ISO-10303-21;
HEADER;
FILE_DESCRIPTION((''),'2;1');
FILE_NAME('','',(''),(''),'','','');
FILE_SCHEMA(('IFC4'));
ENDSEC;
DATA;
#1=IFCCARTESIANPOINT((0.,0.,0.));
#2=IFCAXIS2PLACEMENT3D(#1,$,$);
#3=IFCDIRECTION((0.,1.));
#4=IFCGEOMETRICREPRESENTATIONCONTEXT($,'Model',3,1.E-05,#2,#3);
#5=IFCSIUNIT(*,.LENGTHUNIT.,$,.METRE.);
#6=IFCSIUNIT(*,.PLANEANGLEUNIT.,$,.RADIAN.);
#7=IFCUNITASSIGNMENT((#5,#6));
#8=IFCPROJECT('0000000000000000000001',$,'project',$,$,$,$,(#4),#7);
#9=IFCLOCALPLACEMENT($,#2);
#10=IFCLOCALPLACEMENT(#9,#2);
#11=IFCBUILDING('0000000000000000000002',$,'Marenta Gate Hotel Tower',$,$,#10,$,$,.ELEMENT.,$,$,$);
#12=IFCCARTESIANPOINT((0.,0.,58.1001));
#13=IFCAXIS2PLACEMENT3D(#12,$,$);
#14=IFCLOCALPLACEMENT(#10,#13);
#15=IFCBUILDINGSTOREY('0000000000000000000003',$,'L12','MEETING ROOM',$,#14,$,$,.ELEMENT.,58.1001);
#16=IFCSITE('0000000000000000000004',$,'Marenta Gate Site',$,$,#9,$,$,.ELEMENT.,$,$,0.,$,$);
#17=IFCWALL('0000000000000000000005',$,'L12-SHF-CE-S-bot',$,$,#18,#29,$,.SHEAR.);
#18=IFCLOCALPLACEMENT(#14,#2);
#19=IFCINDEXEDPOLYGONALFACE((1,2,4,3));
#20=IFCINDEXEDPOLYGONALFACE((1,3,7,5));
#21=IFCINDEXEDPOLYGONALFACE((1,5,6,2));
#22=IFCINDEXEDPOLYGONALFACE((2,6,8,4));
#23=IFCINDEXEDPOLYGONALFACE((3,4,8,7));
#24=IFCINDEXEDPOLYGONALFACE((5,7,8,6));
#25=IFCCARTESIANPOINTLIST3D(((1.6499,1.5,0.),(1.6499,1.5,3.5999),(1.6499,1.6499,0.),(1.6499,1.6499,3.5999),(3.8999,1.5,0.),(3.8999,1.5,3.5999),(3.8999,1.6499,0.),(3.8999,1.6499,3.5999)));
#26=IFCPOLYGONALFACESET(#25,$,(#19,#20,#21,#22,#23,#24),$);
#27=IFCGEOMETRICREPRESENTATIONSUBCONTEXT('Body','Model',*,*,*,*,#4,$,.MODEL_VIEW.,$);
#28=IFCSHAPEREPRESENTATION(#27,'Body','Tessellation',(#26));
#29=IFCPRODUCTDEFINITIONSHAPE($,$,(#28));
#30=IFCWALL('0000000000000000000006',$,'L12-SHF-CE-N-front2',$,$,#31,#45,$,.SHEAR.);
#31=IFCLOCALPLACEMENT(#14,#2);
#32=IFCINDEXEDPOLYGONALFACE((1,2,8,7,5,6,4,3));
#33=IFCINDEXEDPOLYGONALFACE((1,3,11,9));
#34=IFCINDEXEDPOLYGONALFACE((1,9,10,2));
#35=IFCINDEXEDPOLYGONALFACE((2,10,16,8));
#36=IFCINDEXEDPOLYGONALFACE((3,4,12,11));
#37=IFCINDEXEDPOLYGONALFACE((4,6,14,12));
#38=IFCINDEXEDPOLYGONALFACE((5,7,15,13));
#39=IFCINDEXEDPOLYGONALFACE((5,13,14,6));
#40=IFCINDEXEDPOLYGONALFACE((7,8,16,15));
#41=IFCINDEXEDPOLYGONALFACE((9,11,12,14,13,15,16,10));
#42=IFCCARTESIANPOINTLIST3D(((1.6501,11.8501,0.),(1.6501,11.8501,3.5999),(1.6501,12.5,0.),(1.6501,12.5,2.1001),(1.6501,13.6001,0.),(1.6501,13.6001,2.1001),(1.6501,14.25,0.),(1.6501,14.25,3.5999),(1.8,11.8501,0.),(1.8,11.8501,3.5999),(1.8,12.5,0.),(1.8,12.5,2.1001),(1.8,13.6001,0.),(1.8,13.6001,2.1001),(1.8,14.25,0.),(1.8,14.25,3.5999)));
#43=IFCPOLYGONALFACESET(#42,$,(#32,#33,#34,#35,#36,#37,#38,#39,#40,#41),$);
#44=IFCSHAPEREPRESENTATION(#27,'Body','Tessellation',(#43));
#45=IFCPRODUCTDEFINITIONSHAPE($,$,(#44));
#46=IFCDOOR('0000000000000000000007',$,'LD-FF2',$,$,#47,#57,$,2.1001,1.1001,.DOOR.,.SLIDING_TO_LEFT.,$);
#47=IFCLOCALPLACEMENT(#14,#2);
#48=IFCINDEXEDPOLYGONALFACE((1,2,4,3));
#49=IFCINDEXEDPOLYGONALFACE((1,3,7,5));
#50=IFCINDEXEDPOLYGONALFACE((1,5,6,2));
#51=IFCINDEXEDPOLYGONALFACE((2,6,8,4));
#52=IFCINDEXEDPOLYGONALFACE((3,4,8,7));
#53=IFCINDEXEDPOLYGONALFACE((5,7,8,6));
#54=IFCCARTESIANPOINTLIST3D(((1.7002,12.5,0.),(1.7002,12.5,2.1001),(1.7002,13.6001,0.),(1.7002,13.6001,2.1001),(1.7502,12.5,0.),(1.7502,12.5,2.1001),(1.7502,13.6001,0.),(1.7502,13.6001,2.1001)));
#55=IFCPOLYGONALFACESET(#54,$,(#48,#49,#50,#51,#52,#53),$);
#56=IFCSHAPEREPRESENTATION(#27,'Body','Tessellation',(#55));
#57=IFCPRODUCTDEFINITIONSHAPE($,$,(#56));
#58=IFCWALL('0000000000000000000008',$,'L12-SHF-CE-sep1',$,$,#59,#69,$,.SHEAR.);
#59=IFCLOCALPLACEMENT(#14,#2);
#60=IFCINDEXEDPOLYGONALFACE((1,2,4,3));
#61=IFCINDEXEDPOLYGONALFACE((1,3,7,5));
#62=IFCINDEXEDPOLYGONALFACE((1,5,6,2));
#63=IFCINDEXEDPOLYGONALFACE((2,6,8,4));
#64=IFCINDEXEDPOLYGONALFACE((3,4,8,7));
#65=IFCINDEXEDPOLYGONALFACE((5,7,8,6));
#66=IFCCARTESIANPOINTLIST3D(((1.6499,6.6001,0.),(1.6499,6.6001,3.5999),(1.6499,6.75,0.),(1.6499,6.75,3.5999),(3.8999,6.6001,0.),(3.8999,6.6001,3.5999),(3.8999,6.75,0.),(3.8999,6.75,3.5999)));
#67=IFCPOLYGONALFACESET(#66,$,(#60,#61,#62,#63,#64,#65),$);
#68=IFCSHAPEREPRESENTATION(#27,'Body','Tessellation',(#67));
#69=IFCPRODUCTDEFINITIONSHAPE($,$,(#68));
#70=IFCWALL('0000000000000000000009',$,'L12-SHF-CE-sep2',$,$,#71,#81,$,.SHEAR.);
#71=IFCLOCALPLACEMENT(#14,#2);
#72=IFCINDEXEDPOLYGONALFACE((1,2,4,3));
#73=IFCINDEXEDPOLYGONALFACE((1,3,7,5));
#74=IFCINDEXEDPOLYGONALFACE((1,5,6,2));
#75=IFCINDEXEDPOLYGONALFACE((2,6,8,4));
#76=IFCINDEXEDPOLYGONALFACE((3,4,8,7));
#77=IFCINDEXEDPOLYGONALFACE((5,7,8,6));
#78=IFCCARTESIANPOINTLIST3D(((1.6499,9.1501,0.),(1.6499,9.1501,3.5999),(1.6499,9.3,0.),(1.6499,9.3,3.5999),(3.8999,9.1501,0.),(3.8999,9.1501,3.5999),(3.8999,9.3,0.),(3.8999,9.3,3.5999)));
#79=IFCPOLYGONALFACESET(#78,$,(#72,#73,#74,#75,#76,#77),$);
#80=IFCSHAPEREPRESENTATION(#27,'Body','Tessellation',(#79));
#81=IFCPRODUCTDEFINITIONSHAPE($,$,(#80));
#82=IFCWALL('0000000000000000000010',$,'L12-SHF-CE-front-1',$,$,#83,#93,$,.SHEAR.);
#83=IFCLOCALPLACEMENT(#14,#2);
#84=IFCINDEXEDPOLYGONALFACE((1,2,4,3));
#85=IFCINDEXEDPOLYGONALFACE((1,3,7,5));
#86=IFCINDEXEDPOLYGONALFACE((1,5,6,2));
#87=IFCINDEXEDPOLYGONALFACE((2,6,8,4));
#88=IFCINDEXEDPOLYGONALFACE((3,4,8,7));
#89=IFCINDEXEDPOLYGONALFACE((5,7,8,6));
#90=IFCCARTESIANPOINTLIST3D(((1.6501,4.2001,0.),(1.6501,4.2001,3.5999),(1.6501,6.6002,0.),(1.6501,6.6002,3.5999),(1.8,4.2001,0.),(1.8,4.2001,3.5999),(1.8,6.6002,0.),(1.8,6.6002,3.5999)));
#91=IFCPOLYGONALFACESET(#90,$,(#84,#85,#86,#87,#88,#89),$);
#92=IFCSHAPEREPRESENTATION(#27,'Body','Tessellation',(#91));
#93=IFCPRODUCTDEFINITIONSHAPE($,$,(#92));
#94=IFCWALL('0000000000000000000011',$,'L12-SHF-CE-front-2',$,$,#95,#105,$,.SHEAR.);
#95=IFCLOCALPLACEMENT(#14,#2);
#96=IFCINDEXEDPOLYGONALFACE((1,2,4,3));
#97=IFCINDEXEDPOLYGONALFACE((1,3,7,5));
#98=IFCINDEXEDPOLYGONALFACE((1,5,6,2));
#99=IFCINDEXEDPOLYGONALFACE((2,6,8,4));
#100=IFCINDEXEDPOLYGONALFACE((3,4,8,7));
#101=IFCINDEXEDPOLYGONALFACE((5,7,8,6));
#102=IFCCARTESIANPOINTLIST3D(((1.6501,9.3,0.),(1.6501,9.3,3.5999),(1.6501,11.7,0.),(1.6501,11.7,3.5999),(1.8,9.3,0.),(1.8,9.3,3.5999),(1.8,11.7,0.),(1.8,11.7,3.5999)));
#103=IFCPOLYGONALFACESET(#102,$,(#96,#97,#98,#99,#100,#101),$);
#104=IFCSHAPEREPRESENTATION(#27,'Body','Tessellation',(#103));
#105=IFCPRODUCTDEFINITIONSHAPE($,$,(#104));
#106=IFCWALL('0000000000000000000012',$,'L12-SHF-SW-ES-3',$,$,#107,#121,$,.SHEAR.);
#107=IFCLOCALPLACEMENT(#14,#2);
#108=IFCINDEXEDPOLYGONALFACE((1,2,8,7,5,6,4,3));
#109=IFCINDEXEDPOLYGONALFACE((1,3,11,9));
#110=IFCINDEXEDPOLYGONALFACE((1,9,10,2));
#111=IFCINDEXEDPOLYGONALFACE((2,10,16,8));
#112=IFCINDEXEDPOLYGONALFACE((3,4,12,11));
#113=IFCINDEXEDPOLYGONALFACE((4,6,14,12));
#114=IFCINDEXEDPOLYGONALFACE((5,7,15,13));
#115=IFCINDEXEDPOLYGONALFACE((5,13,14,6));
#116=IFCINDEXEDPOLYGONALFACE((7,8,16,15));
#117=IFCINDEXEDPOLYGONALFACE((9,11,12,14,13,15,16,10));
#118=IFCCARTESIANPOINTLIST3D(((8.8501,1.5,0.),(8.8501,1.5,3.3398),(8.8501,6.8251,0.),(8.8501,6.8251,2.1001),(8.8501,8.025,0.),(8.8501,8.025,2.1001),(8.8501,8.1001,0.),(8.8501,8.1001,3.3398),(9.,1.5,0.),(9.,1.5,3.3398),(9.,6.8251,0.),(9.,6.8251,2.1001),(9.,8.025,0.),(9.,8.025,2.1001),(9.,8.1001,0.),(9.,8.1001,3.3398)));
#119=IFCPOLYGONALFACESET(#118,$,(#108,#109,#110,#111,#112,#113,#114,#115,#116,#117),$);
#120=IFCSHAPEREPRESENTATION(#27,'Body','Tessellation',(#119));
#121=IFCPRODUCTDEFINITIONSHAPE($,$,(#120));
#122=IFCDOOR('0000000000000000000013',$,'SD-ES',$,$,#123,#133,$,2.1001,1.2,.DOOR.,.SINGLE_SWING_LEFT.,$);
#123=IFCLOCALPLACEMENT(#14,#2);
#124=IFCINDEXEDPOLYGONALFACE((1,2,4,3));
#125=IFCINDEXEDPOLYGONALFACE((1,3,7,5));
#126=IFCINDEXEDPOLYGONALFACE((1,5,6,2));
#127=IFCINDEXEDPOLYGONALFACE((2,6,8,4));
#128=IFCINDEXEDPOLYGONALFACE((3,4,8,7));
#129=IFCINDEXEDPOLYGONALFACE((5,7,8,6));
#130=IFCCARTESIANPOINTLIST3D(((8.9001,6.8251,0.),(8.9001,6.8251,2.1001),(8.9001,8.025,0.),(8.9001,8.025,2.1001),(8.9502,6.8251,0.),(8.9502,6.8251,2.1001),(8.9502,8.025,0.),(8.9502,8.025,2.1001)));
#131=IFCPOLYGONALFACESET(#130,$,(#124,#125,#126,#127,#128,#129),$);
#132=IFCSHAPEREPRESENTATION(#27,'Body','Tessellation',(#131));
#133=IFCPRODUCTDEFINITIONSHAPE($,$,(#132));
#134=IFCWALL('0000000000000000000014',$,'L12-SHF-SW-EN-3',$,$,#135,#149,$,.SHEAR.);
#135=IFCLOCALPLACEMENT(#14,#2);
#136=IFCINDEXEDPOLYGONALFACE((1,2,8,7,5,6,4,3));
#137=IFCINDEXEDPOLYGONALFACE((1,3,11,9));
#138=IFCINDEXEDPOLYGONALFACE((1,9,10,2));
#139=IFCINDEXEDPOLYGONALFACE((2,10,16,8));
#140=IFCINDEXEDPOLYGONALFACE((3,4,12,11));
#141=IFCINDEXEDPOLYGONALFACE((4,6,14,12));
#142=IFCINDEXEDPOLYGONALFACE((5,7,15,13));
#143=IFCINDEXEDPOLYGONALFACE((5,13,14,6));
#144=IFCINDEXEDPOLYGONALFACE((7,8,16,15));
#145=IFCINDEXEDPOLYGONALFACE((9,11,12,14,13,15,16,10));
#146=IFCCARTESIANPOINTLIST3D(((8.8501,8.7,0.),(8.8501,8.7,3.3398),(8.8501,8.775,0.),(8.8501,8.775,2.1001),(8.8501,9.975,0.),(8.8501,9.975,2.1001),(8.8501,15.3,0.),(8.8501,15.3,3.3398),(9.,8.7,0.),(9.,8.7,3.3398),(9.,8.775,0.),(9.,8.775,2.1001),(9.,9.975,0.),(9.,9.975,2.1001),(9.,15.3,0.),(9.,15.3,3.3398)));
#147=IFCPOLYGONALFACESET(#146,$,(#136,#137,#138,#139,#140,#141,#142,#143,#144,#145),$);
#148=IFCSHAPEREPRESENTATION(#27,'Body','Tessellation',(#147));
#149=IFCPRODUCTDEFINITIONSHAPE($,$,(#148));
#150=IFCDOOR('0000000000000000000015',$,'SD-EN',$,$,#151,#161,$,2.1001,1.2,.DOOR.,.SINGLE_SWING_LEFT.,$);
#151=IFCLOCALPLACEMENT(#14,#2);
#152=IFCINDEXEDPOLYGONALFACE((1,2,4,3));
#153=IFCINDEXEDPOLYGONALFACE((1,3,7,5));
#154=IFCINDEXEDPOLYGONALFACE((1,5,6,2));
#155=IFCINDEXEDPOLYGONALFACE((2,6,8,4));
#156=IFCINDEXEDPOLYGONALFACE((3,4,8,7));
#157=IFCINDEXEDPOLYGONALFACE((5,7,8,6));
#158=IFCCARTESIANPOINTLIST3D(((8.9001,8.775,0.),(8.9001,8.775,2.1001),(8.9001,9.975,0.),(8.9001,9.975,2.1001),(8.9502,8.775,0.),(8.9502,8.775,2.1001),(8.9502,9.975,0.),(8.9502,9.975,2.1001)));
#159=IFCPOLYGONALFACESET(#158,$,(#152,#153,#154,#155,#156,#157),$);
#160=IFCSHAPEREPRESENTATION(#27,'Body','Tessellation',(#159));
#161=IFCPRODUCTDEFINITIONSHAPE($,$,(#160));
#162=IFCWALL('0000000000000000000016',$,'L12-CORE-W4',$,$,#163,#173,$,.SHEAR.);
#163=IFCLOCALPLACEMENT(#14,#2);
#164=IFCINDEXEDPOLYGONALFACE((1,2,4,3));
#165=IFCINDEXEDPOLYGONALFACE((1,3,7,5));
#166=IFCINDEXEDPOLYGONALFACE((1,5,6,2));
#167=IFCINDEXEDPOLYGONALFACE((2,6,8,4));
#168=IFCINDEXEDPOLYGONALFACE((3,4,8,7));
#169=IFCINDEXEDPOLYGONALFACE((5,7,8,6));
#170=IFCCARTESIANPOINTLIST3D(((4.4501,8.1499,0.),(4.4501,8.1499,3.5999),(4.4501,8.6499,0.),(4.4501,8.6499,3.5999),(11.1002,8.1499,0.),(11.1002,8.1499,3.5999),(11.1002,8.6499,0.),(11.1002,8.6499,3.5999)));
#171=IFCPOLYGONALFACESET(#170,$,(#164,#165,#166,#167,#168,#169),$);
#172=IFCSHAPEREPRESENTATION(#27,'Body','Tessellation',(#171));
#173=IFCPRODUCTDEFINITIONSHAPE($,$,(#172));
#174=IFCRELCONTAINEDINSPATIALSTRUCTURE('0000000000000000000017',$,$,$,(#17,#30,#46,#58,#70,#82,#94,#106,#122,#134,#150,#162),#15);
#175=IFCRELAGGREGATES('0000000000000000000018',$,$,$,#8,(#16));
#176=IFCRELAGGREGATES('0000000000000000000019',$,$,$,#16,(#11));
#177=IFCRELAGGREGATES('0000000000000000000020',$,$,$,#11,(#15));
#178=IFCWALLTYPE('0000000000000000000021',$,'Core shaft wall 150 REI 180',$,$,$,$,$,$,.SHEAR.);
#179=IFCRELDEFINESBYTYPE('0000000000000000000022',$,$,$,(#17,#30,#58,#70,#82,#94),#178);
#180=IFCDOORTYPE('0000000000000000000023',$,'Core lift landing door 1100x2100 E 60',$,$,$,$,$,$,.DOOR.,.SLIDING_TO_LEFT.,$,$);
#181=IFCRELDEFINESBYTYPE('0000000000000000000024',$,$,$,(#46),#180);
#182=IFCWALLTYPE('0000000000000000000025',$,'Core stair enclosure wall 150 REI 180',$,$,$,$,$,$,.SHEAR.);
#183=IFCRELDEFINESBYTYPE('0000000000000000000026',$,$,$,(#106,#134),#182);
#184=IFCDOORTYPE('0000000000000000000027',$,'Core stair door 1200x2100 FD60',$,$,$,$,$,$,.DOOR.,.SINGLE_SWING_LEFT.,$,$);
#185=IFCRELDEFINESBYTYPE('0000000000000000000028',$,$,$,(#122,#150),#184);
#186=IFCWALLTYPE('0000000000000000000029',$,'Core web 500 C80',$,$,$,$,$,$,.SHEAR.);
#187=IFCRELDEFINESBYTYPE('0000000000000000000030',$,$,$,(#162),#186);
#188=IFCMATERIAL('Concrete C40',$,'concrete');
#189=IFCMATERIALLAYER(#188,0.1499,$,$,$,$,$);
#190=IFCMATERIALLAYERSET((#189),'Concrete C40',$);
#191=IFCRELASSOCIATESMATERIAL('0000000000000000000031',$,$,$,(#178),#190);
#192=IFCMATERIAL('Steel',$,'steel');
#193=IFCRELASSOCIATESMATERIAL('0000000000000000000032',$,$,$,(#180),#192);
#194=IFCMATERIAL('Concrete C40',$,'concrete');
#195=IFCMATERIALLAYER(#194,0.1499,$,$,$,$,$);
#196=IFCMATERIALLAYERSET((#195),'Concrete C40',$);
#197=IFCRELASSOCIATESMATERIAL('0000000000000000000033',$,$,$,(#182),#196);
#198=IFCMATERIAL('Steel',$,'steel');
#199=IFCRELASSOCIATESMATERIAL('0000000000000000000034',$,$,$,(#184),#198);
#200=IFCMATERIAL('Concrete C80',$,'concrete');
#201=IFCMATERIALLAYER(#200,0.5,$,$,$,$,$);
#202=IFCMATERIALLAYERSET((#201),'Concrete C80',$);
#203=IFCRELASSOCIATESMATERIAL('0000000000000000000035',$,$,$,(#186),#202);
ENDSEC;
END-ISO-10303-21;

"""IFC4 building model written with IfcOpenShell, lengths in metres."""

from ifc_helpers import new_model, si_unit, direction, frame, frame_2d, origin, place, context, subcontext, project, spatial, rectangle, extrude, material, layer, layer_set, type_object, element, fill, save


model = new_model("IFC4")

# Units and contexts
model_context = context("Model", 3, precision=1e-05, world=origin(), true_north=direction((0.0, 1.0)))
body_context = subcontext(model_context, "Body", "Model", "MODEL_VIEW")
ifc_project = project(units=[si_unit("LENGTHUNIT", "METRE"), si_unit("PLANEANGLEUNIT", "RADIAN")], contexts=[model_context])

# Site, building, storey
site_placement = place(None, origin())
site = spatial("IfcSite", under=ifc_project, at=site_placement, Name="Marenta Gate Site", CompositionType="ELEMENT", RefElevation=0.0)
building_placement = place(site_placement, origin())
building = spatial("IfcBuilding", under=site, at=building_placement, Name="Marenta Gate Hotel Tower", CompositionType="ELEMENT")
storey_placement = place(building_placement, frame((0.0, 0.0, 58.1001)))
storey = spatial("IfcBuildingStorey", under=building, at=storey_placement, Name="L12", Description="MEETING ROOM", CompositionType="ELEMENT", Elevation=58.1001)

# Shared definitions
ifc_material_1 = material(Name="Concrete C40", Category="concrete")
ifc_layer_1 = layer(ifc_material_1, 0.1499)
ifc_layer_set_1 = layer_set([ifc_layer_1], Name="Concrete C40")
wall_type_1 = type_object("IfcWallType", Name="Core shaft wall 150 REI 180", PredefinedType="SHEAR", material=ifc_layer_set_1)
ifc_material_2 = material(Name="Steel", Category="steel")
door_type_1 = type_object("IfcDoorType", Name="Core lift landing door 1100x2100 E 60", OperationType="SLIDING_TO_LEFT", PredefinedType="DOOR", material=ifc_material_2)

# Wall
wall_1_placement = place(storey_placement, frame((1.6499, 1.575, 0.0), z_axis=(0.0, 0.0, 1.0), x_axis=(1.0, 0.0, 0.0)))
element("IfcWall", 1, at=wall_1_placement, inside=storey, type_object=wall_type_1, Name="L12-SHF-CE-S-bot", PredefinedType="SHEAR", context=body_context, shape_type="SweptSolid", body=[
    extrude(rectangle(XDim=2.25, YDim=0.1499, at=frame_2d((1.125, 0.0))), origin(), (0.0, 0.0, 1.0), 3.5999),
])

# Wall, opening, door
wall_2_placement = place(storey_placement, frame((1.7251, 11.8501, 0.0), z_axis=(0.0, 0.0, 1.0), x_axis=(0.0, 1.0, 0.0)))
wall_2 = element("IfcWall", 2, at=wall_2_placement, inside=storey, type_object=wall_type_1, Name="L12-SHF-CE-N-front2", PredefinedType="SHEAR", context=body_context, shape_type="SweptSolid", body=[
    extrude(rectangle(XDim=2.3999, YDim=0.1499, at=frame_2d((1.2, 0.0))), origin(), (0.0, 0.0, 1.0), 3.5999),
])
opening_1_placement = place(wall_2_placement, frame((0.6499, 0.0, 0.0)))
opening_1 = element("IfcOpeningElement", 3, at=opening_1_placement, cuts=wall_2, PredefinedType="OPENING", context=body_context, shape_type="SweptSolid", body=[
    extrude(rectangle(XDim=1.1001, YDim=2.1001, at=frame_2d((0.55, 1.05))), frame((0.0, 0.075, 0.0), z_axis=(0.0, -1.0, 0.0), x_axis=(1.0, 0.0, 0.0)), (0.0, 0.0, 1.0), 0.1499),
])
door_1_placement = place(opening_1_placement, origin())
door_1 = element("IfcDoor", 4, at=door_1_placement, inside=storey, type_object=door_type_1, Name="LD-FF2", OperationType="SLIDING_TO_LEFT", OverallHeight=2.1001, OverallWidth=1.1001, PredefinedType="DOOR", context=body_context, shape_type="SweptSolid", body=[
    extrude(rectangle(XDim=1.1001, YDim=2.1001, at=frame_2d((0.55, 1.05))), frame((0.0, 0.0249, 0.0), z_axis=(0.0, -1.0, 0.0), x_axis=(1.0, 0.0, 0.0)), (0.0, 0.0, 1.0), 0.05),
])
fill(opening_1, door_1)

# Walls
for number, where, z_axis, x_axis, name in (
    (5, (1.6499, 6.675, 0.0), (0.0, 0.0, 1.0), (1.0, 0.0, 0.0), "L12-SHF-CE-sep1"),
    (6, (1.6499, 9.2251, 0.0), (0.0, 0.0, 1.0), (1.0, 0.0, 0.0), "L12-SHF-CE-sep2"),
):
    element("IfcWall", number, at=place(storey_placement, frame(where, z_axis=z_axis, x_axis=x_axis)), inside=storey, type_object=wall_type_1, Name=name, PredefinedType="SHEAR", context=body_context, shape_type="SweptSolid", body=[
        extrude(rectangle(XDim=2.25, YDim=0.1499, at=frame_2d((1.125, 0.0))), origin(), (0.0, 0.0, 1.0), 3.5999),
    ])
wall_3_placement = place(storey_placement, frame((1.7251, 4.2, 0.0), z_axis=(0.0, 0.0, 1.0), x_axis=(0.0, 1.0, 0.0)))
element("IfcWall", 7, at=wall_3_placement, inside=storey, type_object=wall_type_1, Name="L12-SHF-CE-front-1", PredefinedType="SHEAR", context=body_context, shape_type="SweptSolid", body=[
    extrude(rectangle(XDim=2.4001, YDim=0.1499, at=frame_2d((1.2002, 0.0))), origin(), (0.0, 0.0, 1.0), 3.5999),
])
wall_4_placement = place(storey_placement, frame((1.7251, 9.3, 0.0), z_axis=(0.0, 0.0, 1.0), x_axis=(0.0, 1.0, 0.0)))
element("IfcWall", 8, at=wall_4_placement, inside=storey, type_object=wall_type_1, Name="L12-SHF-CE-front-2", PredefinedType="SHEAR", context=body_context, shape_type="SweptSolid", body=[
    extrude(rectangle(XDim=2.3999, YDim=0.1499, at=frame_2d((1.2, 0.0))), origin(), (0.0, 0.0, 1.0), 3.5999),
])

# Walls, openings, doors
ifc_material_3 = material(Name="Concrete C40", Category="concrete")
ifc_layer_2 = layer(ifc_material_3, 0.1499)
ifc_layer_set_2 = layer_set([ifc_layer_2], Name="Concrete C40")
wall_type_2 = type_object("IfcWallType", Name="Core stair enclosure wall 150 REI 180", PredefinedType="SHEAR", material=ifc_layer_set_2)
wall_5_placement = place(storey_placement, frame((8.925, 1.5, 0.0), z_axis=(0.0, 0.0, 1.0), x_axis=(0.0, 1.0, 0.0)))
wall_5 = element("IfcWall", 9, at=wall_5_placement, inside=storey, type_object=wall_type_2, Name="L12-SHF-SW-ES-3", PredefinedType="SHEAR", context=body_context, shape_type="SweptSolid", body=[
    extrude(rectangle(XDim=6.6001, YDim=0.1499, at=frame_2d((3.3, 0.0))), origin(), (0.0, 0.0, 1.0), 3.3398),
])
opening_2_placement = place(wall_5_placement, frame((5.325, 0.0, 0.0)))
opening_2 = element("IfcOpeningElement", 10, at=opening_2_placement, cuts=wall_5, PredefinedType="OPENING", context=body_context, shape_type="SweptSolid", body=[
    extrude(rectangle(XDim=1.2, YDim=2.1001, at=frame_2d((0.6001, 1.05))), frame((0.0, 0.075, 0.0), z_axis=(0.0, -1.0, 0.0), x_axis=(1.0, 0.0, 0.0)), (0.0, 0.0, 1.0), 0.1499),
])
ifc_material_4 = material(Name="Steel", Category="steel")
door_type_2 = type_object("IfcDoorType", Name="Core stair door 1200x2100 FD60", OperationType="SINGLE_SWING_LEFT", PredefinedType="DOOR", material=ifc_material_4)
door_2_placement = place(opening_2_placement, origin())
door_2 = element("IfcDoor", 11, at=door_2_placement, inside=storey, type_object=door_type_2, Name="SD-ES", OperationType="SINGLE_SWING_LEFT", OverallHeight=2.1001, OverallWidth=1.2, PredefinedType="DOOR", context=body_context, shape_type="SweptSolid", body=[
    extrude(rectangle(XDim=1.2, YDim=2.1001, at=frame_2d((0.6001, 1.05))), frame((0.0, 0.0249, 0.0), z_axis=(0.0, -1.0, 0.0), x_axis=(1.0, 0.0, 0.0)), (0.0, 0.0, 1.0), 0.05),
])
fill(opening_2, door_2)
wall_6_placement = place(storey_placement, frame((8.925, 8.7, 0.0), z_axis=(0.0, 0.0, 1.0), x_axis=(0.0, 1.0, 0.0)))
wall_6 = element("IfcWall", 12, at=wall_6_placement, inside=storey, type_object=wall_type_2, Name="L12-SHF-SW-EN-3", PredefinedType="SHEAR", context=body_context, shape_type="SweptSolid", body=[
    extrude(rectangle(XDim=6.6001, YDim=0.1499, at=frame_2d((3.3, 0.0))), origin(), (0.0, 0.0, 1.0), 3.3398),
])
opening_3_placement = place(wall_6_placement, frame((0.075, 0.0, 0.0)))
opening_3 = element("IfcOpeningElement", 13, at=opening_3_placement, cuts=wall_6, PredefinedType="OPENING", context=body_context, shape_type="SweptSolid", body=[
    extrude(rectangle(XDim=1.2, YDim=2.1001, at=frame_2d((0.6001, 1.05))), frame((0.0, 0.075, 0.0), z_axis=(0.0, -1.0, 0.0), x_axis=(1.0, 0.0, 0.0)), (0.0, 0.0, 1.0), 0.1499),
])
door_3_placement = place(opening_3_placement, origin())
door_3 = element("IfcDoor", 14, at=door_3_placement, inside=storey, type_object=door_type_2, Name="SD-EN", OperationType="SINGLE_SWING_LEFT", OverallHeight=2.1001, OverallWidth=1.2, PredefinedType="DOOR", context=body_context, shape_type="SweptSolid", body=[
    extrude(rectangle(XDim=1.2, YDim=2.1001, at=frame_2d((0.6001, 1.05))), frame((0.0, 0.0249, 0.0), z_axis=(0.0, -1.0, 0.0), x_axis=(1.0, 0.0, 0.0)), (0.0, 0.0, 1.0), 0.05),
])
fill(opening_3, door_3)

# Wall
ifc_material_5 = material(Name="Concrete C80", Category="concrete")
ifc_layer_3 = layer(ifc_material_5, 0.5)
ifc_layer_set_3 = layer_set([ifc_layer_3], Name="Concrete C80")
wall_type_3 = type_object("IfcWallType", Name="Core web 500 C80", PredefinedType="SHEAR", material=ifc_layer_set_3)
wall_7_placement = place(storey_placement, frame((4.45, 8.3999, 0.0), z_axis=(0.0, 0.0, 1.0), x_axis=(1.0, 0.0, 0.0)))
element("IfcWall", 15, at=wall_7_placement, inside=storey, type_object=wall_type_3, Name="L12-CORE-W4", PredefinedType="SHEAR", context=body_context, shape_type="SweptSolid", body=[
    extrude(rectangle(XDim=6.6501, YDim=0.5, at=frame_2d((3.3252, 0.0))), origin(), (0.0, 0.0, 1.0), 3.5999),
])

save(model, "model.ifc")
